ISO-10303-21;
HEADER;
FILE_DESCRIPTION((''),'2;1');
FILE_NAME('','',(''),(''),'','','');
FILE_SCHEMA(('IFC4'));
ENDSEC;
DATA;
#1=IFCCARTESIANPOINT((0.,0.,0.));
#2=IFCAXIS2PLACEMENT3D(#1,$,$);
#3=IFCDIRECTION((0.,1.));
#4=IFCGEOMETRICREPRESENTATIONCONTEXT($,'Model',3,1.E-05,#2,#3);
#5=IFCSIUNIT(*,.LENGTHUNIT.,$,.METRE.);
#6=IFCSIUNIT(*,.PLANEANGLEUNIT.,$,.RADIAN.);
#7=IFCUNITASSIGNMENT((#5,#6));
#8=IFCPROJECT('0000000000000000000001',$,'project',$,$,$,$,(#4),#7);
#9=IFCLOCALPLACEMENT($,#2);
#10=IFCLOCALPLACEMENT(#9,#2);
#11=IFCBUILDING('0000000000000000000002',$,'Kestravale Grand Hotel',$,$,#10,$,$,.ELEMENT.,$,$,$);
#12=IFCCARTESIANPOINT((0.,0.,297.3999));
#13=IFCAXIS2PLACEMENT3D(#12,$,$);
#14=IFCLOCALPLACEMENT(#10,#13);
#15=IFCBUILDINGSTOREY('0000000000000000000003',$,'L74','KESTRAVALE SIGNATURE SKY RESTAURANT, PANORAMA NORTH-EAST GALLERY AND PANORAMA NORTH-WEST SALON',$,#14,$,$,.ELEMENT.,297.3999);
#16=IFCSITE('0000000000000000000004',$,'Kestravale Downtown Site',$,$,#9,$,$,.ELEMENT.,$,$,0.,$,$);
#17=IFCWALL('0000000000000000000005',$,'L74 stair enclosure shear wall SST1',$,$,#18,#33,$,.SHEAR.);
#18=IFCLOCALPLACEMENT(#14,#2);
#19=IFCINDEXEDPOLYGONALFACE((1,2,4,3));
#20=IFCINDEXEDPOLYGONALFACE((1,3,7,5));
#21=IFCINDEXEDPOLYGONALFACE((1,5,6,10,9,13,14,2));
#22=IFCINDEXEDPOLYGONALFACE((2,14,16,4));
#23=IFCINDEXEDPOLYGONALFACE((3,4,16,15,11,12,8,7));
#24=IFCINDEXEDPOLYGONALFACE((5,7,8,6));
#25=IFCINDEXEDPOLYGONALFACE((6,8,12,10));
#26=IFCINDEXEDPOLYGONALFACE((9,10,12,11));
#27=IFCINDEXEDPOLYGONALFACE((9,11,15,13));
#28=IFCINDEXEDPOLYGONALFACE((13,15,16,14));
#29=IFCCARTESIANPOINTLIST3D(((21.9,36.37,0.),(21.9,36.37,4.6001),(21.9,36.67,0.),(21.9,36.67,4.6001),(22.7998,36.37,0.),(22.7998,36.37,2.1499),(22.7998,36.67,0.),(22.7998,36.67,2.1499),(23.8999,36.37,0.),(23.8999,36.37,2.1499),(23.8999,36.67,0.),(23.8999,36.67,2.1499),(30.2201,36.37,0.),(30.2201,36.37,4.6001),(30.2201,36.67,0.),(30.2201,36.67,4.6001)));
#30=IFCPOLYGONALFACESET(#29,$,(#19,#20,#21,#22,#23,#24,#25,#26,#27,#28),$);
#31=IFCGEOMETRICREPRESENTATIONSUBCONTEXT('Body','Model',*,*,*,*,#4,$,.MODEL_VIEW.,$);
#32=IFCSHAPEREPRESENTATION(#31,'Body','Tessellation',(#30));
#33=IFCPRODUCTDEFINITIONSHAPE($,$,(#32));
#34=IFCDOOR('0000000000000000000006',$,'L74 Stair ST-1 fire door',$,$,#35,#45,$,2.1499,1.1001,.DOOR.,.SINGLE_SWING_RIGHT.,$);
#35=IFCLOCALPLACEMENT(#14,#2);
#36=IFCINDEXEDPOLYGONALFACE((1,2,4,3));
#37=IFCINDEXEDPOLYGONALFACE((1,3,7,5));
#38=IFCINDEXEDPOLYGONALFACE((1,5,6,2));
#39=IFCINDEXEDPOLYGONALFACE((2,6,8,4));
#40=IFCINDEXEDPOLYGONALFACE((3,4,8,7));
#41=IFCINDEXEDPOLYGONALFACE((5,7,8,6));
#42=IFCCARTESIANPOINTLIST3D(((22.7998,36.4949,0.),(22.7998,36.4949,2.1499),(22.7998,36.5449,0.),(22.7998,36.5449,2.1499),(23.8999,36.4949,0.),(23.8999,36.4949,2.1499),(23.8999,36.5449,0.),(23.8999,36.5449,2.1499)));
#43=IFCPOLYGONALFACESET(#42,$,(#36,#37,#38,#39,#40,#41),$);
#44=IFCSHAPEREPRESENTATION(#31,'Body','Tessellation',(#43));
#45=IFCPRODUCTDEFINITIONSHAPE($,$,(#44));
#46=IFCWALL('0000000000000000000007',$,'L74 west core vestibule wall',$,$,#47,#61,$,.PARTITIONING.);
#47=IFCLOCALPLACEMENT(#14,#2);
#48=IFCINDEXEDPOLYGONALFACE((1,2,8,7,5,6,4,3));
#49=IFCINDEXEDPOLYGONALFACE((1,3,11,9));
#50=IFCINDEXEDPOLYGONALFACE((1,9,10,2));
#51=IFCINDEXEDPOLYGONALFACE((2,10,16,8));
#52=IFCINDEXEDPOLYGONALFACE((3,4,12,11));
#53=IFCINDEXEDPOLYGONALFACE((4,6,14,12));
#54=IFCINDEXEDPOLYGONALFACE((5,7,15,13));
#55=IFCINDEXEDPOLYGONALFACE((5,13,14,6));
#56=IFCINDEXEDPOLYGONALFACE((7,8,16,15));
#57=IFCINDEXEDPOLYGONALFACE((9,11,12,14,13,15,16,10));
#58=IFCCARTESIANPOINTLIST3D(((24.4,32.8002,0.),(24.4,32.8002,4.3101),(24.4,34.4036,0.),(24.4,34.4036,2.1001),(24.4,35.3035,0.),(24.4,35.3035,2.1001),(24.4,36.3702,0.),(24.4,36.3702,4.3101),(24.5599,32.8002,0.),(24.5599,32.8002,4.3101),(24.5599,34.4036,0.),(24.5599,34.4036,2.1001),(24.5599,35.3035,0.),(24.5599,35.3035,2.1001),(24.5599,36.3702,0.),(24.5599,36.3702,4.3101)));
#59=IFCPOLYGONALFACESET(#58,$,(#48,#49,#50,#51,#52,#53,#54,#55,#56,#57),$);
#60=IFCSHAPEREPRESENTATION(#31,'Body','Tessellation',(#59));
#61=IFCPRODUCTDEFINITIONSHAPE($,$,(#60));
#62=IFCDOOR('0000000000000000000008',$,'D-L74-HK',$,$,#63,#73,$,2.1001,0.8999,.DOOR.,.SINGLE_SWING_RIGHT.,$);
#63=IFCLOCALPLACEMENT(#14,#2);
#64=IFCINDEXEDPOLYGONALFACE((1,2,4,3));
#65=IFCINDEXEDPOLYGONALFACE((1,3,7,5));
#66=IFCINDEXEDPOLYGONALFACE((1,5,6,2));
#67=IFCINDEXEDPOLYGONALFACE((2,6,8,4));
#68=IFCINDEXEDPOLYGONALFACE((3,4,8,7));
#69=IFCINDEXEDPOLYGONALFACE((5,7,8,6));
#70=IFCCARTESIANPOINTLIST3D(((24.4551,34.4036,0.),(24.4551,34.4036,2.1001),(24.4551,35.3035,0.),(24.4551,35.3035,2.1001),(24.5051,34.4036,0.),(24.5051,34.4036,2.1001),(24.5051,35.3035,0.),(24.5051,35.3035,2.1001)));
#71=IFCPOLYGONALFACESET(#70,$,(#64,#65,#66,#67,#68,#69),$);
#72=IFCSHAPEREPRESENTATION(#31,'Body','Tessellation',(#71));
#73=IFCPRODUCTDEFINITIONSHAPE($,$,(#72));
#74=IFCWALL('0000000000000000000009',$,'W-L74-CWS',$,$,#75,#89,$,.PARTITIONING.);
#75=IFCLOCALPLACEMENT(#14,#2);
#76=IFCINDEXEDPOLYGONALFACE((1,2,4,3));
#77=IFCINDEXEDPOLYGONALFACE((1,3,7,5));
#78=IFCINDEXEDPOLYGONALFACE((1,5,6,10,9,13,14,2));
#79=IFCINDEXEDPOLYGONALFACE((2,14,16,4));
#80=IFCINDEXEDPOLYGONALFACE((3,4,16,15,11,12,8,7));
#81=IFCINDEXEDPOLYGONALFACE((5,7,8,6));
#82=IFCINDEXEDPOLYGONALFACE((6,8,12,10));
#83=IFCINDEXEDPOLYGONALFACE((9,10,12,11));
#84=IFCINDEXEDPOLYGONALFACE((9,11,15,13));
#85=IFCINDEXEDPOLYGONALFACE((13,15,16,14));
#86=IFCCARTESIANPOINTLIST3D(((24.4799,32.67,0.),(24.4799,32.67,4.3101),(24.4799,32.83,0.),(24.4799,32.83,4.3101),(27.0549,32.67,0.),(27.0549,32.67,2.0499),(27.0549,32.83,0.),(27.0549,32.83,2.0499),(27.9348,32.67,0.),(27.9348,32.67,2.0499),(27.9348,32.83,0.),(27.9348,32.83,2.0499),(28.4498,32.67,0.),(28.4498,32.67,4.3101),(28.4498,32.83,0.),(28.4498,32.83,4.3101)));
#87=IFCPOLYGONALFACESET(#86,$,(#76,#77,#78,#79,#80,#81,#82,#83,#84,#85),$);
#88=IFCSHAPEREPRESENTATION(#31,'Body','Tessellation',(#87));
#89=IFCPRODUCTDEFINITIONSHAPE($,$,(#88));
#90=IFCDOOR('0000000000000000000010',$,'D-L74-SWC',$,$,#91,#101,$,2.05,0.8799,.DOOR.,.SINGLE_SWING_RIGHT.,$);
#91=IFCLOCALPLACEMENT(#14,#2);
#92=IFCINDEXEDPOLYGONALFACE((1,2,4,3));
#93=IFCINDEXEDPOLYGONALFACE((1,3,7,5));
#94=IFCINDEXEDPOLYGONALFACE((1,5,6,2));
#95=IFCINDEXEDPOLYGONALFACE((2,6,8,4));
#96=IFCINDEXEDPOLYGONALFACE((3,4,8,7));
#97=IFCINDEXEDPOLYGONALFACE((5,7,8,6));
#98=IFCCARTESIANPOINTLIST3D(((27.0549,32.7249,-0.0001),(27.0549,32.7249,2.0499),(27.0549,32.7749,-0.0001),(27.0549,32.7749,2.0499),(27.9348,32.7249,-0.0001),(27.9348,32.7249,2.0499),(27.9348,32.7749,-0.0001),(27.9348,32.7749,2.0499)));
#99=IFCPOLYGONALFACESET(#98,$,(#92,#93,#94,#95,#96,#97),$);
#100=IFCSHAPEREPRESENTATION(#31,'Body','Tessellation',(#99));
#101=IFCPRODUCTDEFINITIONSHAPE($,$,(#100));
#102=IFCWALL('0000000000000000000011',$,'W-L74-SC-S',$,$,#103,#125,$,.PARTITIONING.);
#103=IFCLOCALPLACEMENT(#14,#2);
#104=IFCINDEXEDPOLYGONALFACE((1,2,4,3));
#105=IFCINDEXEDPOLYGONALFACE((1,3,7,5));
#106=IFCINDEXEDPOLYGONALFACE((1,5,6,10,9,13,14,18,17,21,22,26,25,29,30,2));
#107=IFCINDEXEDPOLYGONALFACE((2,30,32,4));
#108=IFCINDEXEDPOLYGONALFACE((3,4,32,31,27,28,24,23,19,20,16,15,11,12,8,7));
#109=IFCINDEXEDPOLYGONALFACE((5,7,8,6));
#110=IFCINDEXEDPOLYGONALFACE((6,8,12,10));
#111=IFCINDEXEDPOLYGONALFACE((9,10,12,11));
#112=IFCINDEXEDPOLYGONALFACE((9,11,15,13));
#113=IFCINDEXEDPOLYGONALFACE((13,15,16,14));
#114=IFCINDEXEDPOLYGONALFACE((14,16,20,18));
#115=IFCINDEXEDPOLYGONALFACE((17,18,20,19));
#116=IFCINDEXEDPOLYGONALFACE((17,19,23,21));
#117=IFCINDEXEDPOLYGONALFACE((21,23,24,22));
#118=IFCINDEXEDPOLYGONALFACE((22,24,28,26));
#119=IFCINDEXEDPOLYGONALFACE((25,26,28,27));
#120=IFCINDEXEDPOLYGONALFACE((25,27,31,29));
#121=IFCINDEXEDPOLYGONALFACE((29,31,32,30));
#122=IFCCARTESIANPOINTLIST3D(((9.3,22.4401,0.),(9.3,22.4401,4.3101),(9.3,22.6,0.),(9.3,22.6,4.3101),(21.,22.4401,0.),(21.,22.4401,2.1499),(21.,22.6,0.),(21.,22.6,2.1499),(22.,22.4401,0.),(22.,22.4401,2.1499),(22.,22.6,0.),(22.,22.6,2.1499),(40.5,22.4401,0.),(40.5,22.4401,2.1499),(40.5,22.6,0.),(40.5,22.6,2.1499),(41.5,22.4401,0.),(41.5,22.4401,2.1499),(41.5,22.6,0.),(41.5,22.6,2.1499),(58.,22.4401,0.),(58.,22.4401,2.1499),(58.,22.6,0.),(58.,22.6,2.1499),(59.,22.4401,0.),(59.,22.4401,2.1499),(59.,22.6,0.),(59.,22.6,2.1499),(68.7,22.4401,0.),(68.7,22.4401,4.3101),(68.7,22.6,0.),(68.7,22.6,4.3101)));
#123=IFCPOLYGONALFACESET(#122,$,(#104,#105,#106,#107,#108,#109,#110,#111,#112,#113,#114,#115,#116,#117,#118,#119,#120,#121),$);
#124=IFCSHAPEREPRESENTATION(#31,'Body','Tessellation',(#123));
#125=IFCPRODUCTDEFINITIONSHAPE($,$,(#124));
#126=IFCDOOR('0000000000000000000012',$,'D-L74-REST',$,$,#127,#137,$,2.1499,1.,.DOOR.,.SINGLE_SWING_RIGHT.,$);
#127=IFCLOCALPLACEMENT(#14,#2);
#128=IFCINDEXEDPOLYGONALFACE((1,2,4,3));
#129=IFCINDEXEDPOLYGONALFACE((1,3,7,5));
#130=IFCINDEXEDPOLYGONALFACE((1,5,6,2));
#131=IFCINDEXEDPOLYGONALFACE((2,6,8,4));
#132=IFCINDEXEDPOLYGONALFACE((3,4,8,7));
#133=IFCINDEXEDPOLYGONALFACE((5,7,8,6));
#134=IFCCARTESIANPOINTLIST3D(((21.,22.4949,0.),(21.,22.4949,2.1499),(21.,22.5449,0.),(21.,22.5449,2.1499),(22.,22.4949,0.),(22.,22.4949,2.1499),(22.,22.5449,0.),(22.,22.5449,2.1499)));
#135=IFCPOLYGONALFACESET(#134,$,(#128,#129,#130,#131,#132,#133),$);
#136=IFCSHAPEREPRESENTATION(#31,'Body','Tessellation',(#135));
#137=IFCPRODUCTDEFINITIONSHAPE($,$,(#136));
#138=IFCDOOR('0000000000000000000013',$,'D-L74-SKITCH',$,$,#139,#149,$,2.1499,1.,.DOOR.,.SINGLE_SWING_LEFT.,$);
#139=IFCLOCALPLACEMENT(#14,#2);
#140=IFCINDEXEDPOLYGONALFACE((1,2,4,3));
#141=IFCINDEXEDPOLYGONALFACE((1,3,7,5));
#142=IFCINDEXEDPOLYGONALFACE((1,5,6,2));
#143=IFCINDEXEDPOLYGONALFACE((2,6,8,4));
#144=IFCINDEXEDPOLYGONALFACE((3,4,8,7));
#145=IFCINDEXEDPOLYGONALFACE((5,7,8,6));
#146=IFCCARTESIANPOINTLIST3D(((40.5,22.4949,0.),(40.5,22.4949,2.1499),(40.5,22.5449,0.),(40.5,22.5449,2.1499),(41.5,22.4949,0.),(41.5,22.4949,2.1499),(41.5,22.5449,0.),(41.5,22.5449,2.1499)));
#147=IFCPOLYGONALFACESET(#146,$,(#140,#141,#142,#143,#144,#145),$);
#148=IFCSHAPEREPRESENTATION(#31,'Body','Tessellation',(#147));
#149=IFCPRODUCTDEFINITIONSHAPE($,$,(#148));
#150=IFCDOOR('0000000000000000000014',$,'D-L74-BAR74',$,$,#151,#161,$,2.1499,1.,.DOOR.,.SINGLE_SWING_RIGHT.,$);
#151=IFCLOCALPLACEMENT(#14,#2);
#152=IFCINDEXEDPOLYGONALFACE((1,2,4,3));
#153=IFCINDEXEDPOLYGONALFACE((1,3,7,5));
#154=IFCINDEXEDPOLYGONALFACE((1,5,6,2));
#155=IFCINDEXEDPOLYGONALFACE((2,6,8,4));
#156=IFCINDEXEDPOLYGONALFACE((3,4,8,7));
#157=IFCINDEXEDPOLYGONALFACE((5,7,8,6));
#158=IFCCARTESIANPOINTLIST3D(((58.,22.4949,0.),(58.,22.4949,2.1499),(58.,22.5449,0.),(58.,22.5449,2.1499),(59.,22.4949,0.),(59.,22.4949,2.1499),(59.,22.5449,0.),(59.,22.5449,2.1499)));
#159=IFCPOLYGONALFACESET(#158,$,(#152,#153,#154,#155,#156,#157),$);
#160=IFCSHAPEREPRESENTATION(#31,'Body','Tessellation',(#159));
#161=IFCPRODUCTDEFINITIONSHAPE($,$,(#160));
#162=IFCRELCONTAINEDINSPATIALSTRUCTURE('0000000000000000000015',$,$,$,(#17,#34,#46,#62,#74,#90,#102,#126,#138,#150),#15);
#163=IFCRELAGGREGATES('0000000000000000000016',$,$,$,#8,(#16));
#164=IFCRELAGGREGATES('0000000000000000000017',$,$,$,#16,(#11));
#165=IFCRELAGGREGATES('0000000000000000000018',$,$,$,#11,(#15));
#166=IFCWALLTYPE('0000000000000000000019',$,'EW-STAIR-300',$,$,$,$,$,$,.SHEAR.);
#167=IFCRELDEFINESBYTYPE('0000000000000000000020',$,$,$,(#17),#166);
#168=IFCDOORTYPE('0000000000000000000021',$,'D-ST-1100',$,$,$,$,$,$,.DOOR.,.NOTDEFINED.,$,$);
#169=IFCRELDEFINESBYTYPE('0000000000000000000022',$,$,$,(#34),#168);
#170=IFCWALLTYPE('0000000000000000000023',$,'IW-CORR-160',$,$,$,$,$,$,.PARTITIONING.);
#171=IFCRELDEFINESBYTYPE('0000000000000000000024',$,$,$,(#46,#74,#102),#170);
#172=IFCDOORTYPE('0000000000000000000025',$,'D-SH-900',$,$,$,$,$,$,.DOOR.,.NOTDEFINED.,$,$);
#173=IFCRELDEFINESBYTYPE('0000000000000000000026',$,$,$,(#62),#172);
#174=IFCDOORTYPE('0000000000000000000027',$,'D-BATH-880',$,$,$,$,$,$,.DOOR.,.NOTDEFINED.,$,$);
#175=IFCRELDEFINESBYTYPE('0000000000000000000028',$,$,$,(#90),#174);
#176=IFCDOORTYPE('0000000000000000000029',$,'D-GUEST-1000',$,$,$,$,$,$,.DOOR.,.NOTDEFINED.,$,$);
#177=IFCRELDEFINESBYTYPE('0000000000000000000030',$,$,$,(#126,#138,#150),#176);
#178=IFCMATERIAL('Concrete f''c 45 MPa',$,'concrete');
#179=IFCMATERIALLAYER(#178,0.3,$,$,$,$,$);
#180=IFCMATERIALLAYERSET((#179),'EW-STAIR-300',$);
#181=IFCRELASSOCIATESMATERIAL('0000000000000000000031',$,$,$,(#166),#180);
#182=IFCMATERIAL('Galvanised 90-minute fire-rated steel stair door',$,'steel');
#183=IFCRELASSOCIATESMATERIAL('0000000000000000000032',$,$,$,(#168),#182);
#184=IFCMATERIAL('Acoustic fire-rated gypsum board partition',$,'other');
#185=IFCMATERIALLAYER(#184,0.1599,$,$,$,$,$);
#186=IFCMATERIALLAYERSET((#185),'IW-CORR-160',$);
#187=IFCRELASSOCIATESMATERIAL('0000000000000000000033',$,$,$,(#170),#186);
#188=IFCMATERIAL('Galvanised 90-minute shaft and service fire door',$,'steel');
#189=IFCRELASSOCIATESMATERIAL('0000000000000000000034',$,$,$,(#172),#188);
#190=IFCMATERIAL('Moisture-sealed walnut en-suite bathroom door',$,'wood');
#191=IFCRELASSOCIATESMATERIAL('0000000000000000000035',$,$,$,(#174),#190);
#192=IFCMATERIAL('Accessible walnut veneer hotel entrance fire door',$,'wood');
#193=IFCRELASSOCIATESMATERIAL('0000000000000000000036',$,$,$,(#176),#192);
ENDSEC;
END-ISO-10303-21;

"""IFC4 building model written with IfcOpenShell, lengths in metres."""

from ifc_helpers import new_model, si_unit, direction, frame, frame_2d, origin, place, context, subcontext, project, spatial, rectangle, extrude, material, layer, layer_set, type_object, element, fill, save


model = new_model("IFC4")

# Units and contexts
model_context = context("Model", 3, precision=1e-05, world=origin(), true_north=direction((0.0, 1.0)))
body_context = subcontext(model_context, "Body", "Model", "MODEL_VIEW")
ifc_project = project(units=[si_unit("LENGTHUNIT", "METRE"), si_unit("PLANEANGLEUNIT", "RADIAN")], contexts=[model_context])

# Site, building, storey
site_placement = place(None, origin())
site = spatial("IfcSite", under=ifc_project, at=site_placement, Name="Kestravale Downtown Site", CompositionType="ELEMENT", RefElevation=0.0)
building_placement = place(site_placement, origin())
building = spatial("IfcBuilding", under=site, at=building_placement, Name="Kestravale Grand Hotel", CompositionType="ELEMENT")
storey_placement = place(building_placement, frame((0.0, 0.0, 297.3999)))
storey = spatial("IfcBuildingStorey", under=building, at=storey_placement, Name="L74", Description="KESTRAVALE SIGNATURE SKY RESTAURANT, PANORAMA NORTH-EAST GALLERY AND PANORAMA NORTH-WEST SALON", CompositionType="ELEMENT", Elevation=297.3999)

# Walls, openings, doors
ifc_material_1 = material(Name="Concrete f'c 45 MPa", Category="concrete")
ifc_layer_1 = layer(ifc_material_1, 0.3)
ifc_layer_set_1 = layer_set([ifc_layer_1], Name="EW-STAIR-300")
wall_type_1 = type_object("IfcWallType", Name="EW-STAIR-300", PredefinedType="SHEAR", material=ifc_layer_set_1)
wall_1_placement = place(storey_placement, frame((21.8999, 36.52, 0.0), z_axis=(0.0, 0.0, 1.0), x_axis=(1.0, 0.0, 0.0)))
wall_1 = element("IfcWall", 1, at=wall_1_placement, inside=storey, type_object=wall_type_1, Name="L74 stair enclosure shear wall SST1", PredefinedType="SHEAR", context=body_context, shape_type="SweptSolid", body=[
    extrude(rectangle(XDim=8.3201, YDim=0.3, at=frame_2d((4.1602, 0.0))), origin(), (0.0, 0.0, 1.0), 4.6001),
])
opening_1_placement = place(wall_1_placement, frame((0.8999, 0.0, 0.0)))
opening_1 = element("IfcOpeningElement", 2, at=opening_1_placement, cuts=wall_1, PredefinedType="OPENING", context=body_context, shape_type="SweptSolid", body=[
    extrude(rectangle(XDim=1.1001, YDim=2.1499, at=frame_2d((0.55, 1.075))), frame((0.0, 0.1599, 0.0), z_axis=(0.0, -1.0, 0.0), x_axis=(1.0, 0.0, 0.0)), (0.0, 0.0, 1.0), 0.3201),
])
ifc_material_2 = material(Name="Galvanised 90-minute fire-rated steel stair door", Category="steel")
door_type_1 = type_object("IfcDoorType", Name="D-ST-1100", OperationType="NOTDEFINED", PredefinedType="DOOR", material=ifc_material_2)
door_1_placement = place(opening_1_placement, origin())
door_1 = element("IfcDoor", 3, at=door_1_placement, inside=storey, type_object=door_type_1, Name="L74 Stair ST-1 fire door", OperationType="SINGLE_SWING_RIGHT", OverallHeight=2.1499, OverallWidth=1.1001, PredefinedType="DOOR", context=body_context, shape_type="SweptSolid", body=[
    extrude(rectangle(XDim=1.1001, YDim=2.1499, at=frame_2d((0.55, 1.075))), frame((0.0, 0.0249, 0.0), z_axis=(0.0, -1.0, 0.0), x_axis=(1.0, 0.0, 0.0)), (0.0, 0.0, 1.0), 0.05),
])
fill(opening_1, door_1)
ifc_material_3 = material(Name="Acoustic fire-rated gypsum board partition", Category="other")
ifc_layer_2 = layer(ifc_material_3, 0.1599)
ifc_layer_set_2 = layer_set([ifc_layer_2], Name="IW-CORR-160")
wall_type_2 = type_object("IfcWallType", Name="IW-CORR-160", PredefinedType="PARTITIONING", material=ifc_layer_set_2)
wall_2_placement = place(storey_placement, frame((24.48, 32.8, 0.0), z_axis=(0.0, 0.0, 1.0), x_axis=(0.0, 1.0, 0.0)))
wall_2 = element("IfcWall", 4, at=wall_2_placement, inside=storey, type_object=wall_type_2, Name="L74 west core vestibule wall", PredefinedType="PARTITIONING", context=body_context, shape_type="SweptSolid", body=[
    extrude(rectangle(XDim=3.5701, YDim=0.1599, at=frame_2d((1.7852, 0.0))), origin(), (0.0, 0.0, 1.0), 4.3101),
])
opening_2_placement = place(wall_2_placement, frame((1.6035, 0.0, 0.0)))
opening_2 = element("IfcOpeningElement", 5, at=opening_2_placement, cuts=wall_2, PredefinedType="OPENING", context=body_context, shape_type="SweptSolid", body=[
    extrude(rectangle(XDim=0.8999, YDim=2.1001, at=frame_2d((0.45, 1.05))), frame((0.0, 0.0898, 0.0), z_axis=(0.0, -1.0, 0.0), x_axis=(1.0, 0.0, 0.0)), (0.0, 0.0, 1.0), 0.1799),
])
ifc_material_4 = material(Name="Galvanised 90-minute shaft and service fire door", Category="steel")
door_type_2 = type_object("IfcDoorType", Name="D-SH-900", OperationType="NOTDEFINED", PredefinedType="DOOR", material=ifc_material_4)
door_2_placement = place(opening_2_placement, origin())
door_2 = element("IfcDoor", 6, at=door_2_placement, inside=storey, type_object=door_type_2, Name="D-L74-HK", OperationType="SINGLE_SWING_RIGHT", OverallHeight=2.1001, OverallWidth=0.8999, PredefinedType="DOOR", context=body_context, shape_type="SweptSolid", body=[
    extrude(rectangle(XDim=0.8999, YDim=2.1001, at=frame_2d((0.45, 1.05))), frame((0.0, 0.0249, 0.0), z_axis=(0.0, -1.0, 0.0), x_axis=(1.0, 0.0, 0.0)), (0.0, 0.0, 1.0), 0.05),
])
fill(opening_2, door_2)
wall_3_placement = place(storey_placement, frame((24.48, 32.75, 0.0), z_axis=(0.0, 0.0, 1.0), x_axis=(1.0, 0.0, 0.0)))
wall_3 = element("IfcWall", 7, at=wall_3_placement, inside=storey, type_object=wall_type_2, Name="W-L74-CWS", PredefinedType="PARTITIONING", context=body_context, shape_type="SweptSolid", body=[
    extrude(rectangle(XDim=3.97, YDim=0.1599, at=frame_2d((1.9849, 0.0))), origin(), (0.0, 0.0, 1.0), 4.3101),
])
opening_3_placement = place(wall_3_placement, frame((2.575, 0.0, 0.0)))
opening_3 = element("IfcOpeningElement", 8, at=opening_3_placement, cuts=wall_3, PredefinedType="OPENING", context=body_context, shape_type="SweptSolid", body=[
    extrude(rectangle(XDim=0.8799, YDim=2.05, at=frame_2d((0.4399, 1.0249))), frame((0.0, 0.0898, 0.0), z_axis=(0.0, -1.0, 0.0), x_axis=(1.0, 0.0, 0.0)), (0.0, 0.0, 1.0), 0.1799),
])
ifc_material_5 = material(Name="Moisture-sealed walnut en-suite bathroom door", Category="wood")
door_type_3 = type_object("IfcDoorType", Name="D-BATH-880", OperationType="NOTDEFINED", PredefinedType="DOOR", material=ifc_material_5)
door_3_placement = place(opening_3_placement, origin())
door_3 = element("IfcDoor", 9, at=door_3_placement, inside=storey, type_object=door_type_3, Name="D-L74-SWC", OperationType="SINGLE_SWING_RIGHT", OverallHeight=2.05, OverallWidth=0.8799, PredefinedType="DOOR", context=body_context, shape_type="SweptSolid", body=[
    extrude(rectangle(XDim=0.8799, YDim=2.05, at=frame_2d((0.4399, 1.0249))), frame((0.0, 0.0249, 0.0), z_axis=(0.0, -1.0, 0.0), x_axis=(1.0, 0.0, 0.0)), (0.0, 0.0, 1.0), 0.05),
])
fill(opening_3, door_3)

# Wall, openings, doors
wall_4_placement = place(storey_placement, frame((9.3, 22.52, 0.0), z_axis=(0.0, 0.0, 1.0), x_axis=(1.0, 0.0, 0.0)))
wall_4 = element("IfcWall", 10, at=wall_4_placement, inside=storey, type_object=wall_type_2, Name="W-L74-SC-S", PredefinedType="PARTITIONING", context=body_context, shape_type="SweptSolid", body=[
    extrude(rectangle(XDim=59.3999, YDim=0.1599, at=frame_2d((29.7, 0.0))), origin(), (0.0, 0.0, 1.0), 4.3101),
])
opening_4_placement = place(wall_4_placement, frame((11.7, 0.0, 0.0)))
opening_4 = element("IfcOpeningElement", 11, at=opening_4_placement, cuts=wall_4, PredefinedType="OPENING", context=body_context, shape_type="SweptSolid", body=[
    extrude(rectangle(XDim=1.0, YDim=2.1499, at=frame_2d((0.5, 1.075))), frame((0.0, 0.0898, 0.0), z_axis=(0.0, -1.0, 0.0), x_axis=(1.0, 0.0, 0.0)), (0.0, 0.0, 1.0), 0.1799),
])
opening_5_placement = place(wall_4_placement, frame((31.2, 0.0, 0.0)))
opening_5 = element("IfcOpeningElement", 12, at=opening_5_placement, cuts=wall_4, PredefinedType="OPENING", context=body_context, shape_type="SweptSolid", body=[
    extrude(rectangle(XDim=1.0, YDim=2.1499, at=frame_2d((0.5, 1.075))), frame((0.0, 0.0898, 0.0), z_axis=(0.0, -1.0, 0.0), x_axis=(1.0, 0.0, 0.0)), (0.0, 0.0, 1.0), 0.1799),
])
opening_6_placement = place(wall_4_placement, frame((48.7, 0.0, 0.0)))
opening_6 = element("IfcOpeningElement", 13, at=opening_6_placement, cuts=wall_4, PredefinedType="OPENING", context=body_context, shape_type="SweptSolid", body=[
    extrude(rectangle(XDim=1.0, YDim=2.1499, at=frame_2d((0.5, 1.075))), frame((0.0, 0.0898, 0.0), z_axis=(0.0, -1.0, 0.0), x_axis=(1.0, 0.0, 0.0)), (0.0, 0.0, 1.0), 0.1799),
])
ifc_material_6 = material(Name="Accessible walnut veneer hotel entrance fire door", Category="wood")
door_type_4 = type_object("IfcDoorType", Name="D-GUEST-1000", OperationType="NOTDEFINED", PredefinedType="DOOR", material=ifc_material_6)
door_4_placement = place(opening_4_placement, origin())
door_4 = element("IfcDoor", 14, at=door_4_placement, inside=storey, type_object=door_type_4, Name="D-L74-REST", OperationType="SINGLE_SWING_RIGHT", OverallHeight=2.1499, OverallWidth=1.0, PredefinedType="DOOR", context=body_context, shape_type="SweptSolid", body=[
    extrude(rectangle(XDim=1.0, YDim=2.1499, at=frame_2d((0.5, 1.075))), frame((0.0, 0.0249, 0.0), z_axis=(0.0, -1.0, 0.0), x_axis=(1.0, 0.0, 0.0)), (0.0, 0.0, 1.0), 0.05),
])
fill(opening_4, door_4)
door_5_placement = place(opening_5_placement, origin())
door_5 = element("IfcDoor", 15, at=door_5_placement, inside=storey, type_object=door_type_4, Name="D-L74-SKITCH", OperationType="SINGLE_SWING_LEFT", OverallHeight=2.1499, OverallWidth=1.0, PredefinedType="DOOR", context=body_context, shape_type="SweptSolid", body=[
    extrude(rectangle(XDim=1.0, YDim=2.1499, at=frame_2d((0.5, 1.075))), frame((0.0, 0.0249, 0.0), z_axis=(0.0, -1.0, 0.0), x_axis=(1.0, 0.0, 0.0)), (0.0, 0.0, 1.0), 0.05),
])
fill(opening_5, door_5)
door_6_placement = place(opening_6_placement, origin())
door_6 = element("IfcDoor", 16, at=door_6_placement, inside=storey, type_object=door_type_4, Name="D-L74-BAR74", OperationType="SINGLE_SWING_RIGHT", OverallHeight=2.1499, OverallWidth=1.0, PredefinedType="DOOR", context=body_context, shape_type="SweptSolid", body=[
    extrude(rectangle(XDim=1.0, YDim=2.1499, at=frame_2d((0.5, 1.075))), frame((0.0, 0.0249, 0.0), z_axis=(0.0, -1.0, 0.0), x_axis=(1.0, 0.0, 0.0)), (0.0, 0.0, 1.0), 0.05),
])
fill(opening_6, door_6)

save(model, "model.ifc")
